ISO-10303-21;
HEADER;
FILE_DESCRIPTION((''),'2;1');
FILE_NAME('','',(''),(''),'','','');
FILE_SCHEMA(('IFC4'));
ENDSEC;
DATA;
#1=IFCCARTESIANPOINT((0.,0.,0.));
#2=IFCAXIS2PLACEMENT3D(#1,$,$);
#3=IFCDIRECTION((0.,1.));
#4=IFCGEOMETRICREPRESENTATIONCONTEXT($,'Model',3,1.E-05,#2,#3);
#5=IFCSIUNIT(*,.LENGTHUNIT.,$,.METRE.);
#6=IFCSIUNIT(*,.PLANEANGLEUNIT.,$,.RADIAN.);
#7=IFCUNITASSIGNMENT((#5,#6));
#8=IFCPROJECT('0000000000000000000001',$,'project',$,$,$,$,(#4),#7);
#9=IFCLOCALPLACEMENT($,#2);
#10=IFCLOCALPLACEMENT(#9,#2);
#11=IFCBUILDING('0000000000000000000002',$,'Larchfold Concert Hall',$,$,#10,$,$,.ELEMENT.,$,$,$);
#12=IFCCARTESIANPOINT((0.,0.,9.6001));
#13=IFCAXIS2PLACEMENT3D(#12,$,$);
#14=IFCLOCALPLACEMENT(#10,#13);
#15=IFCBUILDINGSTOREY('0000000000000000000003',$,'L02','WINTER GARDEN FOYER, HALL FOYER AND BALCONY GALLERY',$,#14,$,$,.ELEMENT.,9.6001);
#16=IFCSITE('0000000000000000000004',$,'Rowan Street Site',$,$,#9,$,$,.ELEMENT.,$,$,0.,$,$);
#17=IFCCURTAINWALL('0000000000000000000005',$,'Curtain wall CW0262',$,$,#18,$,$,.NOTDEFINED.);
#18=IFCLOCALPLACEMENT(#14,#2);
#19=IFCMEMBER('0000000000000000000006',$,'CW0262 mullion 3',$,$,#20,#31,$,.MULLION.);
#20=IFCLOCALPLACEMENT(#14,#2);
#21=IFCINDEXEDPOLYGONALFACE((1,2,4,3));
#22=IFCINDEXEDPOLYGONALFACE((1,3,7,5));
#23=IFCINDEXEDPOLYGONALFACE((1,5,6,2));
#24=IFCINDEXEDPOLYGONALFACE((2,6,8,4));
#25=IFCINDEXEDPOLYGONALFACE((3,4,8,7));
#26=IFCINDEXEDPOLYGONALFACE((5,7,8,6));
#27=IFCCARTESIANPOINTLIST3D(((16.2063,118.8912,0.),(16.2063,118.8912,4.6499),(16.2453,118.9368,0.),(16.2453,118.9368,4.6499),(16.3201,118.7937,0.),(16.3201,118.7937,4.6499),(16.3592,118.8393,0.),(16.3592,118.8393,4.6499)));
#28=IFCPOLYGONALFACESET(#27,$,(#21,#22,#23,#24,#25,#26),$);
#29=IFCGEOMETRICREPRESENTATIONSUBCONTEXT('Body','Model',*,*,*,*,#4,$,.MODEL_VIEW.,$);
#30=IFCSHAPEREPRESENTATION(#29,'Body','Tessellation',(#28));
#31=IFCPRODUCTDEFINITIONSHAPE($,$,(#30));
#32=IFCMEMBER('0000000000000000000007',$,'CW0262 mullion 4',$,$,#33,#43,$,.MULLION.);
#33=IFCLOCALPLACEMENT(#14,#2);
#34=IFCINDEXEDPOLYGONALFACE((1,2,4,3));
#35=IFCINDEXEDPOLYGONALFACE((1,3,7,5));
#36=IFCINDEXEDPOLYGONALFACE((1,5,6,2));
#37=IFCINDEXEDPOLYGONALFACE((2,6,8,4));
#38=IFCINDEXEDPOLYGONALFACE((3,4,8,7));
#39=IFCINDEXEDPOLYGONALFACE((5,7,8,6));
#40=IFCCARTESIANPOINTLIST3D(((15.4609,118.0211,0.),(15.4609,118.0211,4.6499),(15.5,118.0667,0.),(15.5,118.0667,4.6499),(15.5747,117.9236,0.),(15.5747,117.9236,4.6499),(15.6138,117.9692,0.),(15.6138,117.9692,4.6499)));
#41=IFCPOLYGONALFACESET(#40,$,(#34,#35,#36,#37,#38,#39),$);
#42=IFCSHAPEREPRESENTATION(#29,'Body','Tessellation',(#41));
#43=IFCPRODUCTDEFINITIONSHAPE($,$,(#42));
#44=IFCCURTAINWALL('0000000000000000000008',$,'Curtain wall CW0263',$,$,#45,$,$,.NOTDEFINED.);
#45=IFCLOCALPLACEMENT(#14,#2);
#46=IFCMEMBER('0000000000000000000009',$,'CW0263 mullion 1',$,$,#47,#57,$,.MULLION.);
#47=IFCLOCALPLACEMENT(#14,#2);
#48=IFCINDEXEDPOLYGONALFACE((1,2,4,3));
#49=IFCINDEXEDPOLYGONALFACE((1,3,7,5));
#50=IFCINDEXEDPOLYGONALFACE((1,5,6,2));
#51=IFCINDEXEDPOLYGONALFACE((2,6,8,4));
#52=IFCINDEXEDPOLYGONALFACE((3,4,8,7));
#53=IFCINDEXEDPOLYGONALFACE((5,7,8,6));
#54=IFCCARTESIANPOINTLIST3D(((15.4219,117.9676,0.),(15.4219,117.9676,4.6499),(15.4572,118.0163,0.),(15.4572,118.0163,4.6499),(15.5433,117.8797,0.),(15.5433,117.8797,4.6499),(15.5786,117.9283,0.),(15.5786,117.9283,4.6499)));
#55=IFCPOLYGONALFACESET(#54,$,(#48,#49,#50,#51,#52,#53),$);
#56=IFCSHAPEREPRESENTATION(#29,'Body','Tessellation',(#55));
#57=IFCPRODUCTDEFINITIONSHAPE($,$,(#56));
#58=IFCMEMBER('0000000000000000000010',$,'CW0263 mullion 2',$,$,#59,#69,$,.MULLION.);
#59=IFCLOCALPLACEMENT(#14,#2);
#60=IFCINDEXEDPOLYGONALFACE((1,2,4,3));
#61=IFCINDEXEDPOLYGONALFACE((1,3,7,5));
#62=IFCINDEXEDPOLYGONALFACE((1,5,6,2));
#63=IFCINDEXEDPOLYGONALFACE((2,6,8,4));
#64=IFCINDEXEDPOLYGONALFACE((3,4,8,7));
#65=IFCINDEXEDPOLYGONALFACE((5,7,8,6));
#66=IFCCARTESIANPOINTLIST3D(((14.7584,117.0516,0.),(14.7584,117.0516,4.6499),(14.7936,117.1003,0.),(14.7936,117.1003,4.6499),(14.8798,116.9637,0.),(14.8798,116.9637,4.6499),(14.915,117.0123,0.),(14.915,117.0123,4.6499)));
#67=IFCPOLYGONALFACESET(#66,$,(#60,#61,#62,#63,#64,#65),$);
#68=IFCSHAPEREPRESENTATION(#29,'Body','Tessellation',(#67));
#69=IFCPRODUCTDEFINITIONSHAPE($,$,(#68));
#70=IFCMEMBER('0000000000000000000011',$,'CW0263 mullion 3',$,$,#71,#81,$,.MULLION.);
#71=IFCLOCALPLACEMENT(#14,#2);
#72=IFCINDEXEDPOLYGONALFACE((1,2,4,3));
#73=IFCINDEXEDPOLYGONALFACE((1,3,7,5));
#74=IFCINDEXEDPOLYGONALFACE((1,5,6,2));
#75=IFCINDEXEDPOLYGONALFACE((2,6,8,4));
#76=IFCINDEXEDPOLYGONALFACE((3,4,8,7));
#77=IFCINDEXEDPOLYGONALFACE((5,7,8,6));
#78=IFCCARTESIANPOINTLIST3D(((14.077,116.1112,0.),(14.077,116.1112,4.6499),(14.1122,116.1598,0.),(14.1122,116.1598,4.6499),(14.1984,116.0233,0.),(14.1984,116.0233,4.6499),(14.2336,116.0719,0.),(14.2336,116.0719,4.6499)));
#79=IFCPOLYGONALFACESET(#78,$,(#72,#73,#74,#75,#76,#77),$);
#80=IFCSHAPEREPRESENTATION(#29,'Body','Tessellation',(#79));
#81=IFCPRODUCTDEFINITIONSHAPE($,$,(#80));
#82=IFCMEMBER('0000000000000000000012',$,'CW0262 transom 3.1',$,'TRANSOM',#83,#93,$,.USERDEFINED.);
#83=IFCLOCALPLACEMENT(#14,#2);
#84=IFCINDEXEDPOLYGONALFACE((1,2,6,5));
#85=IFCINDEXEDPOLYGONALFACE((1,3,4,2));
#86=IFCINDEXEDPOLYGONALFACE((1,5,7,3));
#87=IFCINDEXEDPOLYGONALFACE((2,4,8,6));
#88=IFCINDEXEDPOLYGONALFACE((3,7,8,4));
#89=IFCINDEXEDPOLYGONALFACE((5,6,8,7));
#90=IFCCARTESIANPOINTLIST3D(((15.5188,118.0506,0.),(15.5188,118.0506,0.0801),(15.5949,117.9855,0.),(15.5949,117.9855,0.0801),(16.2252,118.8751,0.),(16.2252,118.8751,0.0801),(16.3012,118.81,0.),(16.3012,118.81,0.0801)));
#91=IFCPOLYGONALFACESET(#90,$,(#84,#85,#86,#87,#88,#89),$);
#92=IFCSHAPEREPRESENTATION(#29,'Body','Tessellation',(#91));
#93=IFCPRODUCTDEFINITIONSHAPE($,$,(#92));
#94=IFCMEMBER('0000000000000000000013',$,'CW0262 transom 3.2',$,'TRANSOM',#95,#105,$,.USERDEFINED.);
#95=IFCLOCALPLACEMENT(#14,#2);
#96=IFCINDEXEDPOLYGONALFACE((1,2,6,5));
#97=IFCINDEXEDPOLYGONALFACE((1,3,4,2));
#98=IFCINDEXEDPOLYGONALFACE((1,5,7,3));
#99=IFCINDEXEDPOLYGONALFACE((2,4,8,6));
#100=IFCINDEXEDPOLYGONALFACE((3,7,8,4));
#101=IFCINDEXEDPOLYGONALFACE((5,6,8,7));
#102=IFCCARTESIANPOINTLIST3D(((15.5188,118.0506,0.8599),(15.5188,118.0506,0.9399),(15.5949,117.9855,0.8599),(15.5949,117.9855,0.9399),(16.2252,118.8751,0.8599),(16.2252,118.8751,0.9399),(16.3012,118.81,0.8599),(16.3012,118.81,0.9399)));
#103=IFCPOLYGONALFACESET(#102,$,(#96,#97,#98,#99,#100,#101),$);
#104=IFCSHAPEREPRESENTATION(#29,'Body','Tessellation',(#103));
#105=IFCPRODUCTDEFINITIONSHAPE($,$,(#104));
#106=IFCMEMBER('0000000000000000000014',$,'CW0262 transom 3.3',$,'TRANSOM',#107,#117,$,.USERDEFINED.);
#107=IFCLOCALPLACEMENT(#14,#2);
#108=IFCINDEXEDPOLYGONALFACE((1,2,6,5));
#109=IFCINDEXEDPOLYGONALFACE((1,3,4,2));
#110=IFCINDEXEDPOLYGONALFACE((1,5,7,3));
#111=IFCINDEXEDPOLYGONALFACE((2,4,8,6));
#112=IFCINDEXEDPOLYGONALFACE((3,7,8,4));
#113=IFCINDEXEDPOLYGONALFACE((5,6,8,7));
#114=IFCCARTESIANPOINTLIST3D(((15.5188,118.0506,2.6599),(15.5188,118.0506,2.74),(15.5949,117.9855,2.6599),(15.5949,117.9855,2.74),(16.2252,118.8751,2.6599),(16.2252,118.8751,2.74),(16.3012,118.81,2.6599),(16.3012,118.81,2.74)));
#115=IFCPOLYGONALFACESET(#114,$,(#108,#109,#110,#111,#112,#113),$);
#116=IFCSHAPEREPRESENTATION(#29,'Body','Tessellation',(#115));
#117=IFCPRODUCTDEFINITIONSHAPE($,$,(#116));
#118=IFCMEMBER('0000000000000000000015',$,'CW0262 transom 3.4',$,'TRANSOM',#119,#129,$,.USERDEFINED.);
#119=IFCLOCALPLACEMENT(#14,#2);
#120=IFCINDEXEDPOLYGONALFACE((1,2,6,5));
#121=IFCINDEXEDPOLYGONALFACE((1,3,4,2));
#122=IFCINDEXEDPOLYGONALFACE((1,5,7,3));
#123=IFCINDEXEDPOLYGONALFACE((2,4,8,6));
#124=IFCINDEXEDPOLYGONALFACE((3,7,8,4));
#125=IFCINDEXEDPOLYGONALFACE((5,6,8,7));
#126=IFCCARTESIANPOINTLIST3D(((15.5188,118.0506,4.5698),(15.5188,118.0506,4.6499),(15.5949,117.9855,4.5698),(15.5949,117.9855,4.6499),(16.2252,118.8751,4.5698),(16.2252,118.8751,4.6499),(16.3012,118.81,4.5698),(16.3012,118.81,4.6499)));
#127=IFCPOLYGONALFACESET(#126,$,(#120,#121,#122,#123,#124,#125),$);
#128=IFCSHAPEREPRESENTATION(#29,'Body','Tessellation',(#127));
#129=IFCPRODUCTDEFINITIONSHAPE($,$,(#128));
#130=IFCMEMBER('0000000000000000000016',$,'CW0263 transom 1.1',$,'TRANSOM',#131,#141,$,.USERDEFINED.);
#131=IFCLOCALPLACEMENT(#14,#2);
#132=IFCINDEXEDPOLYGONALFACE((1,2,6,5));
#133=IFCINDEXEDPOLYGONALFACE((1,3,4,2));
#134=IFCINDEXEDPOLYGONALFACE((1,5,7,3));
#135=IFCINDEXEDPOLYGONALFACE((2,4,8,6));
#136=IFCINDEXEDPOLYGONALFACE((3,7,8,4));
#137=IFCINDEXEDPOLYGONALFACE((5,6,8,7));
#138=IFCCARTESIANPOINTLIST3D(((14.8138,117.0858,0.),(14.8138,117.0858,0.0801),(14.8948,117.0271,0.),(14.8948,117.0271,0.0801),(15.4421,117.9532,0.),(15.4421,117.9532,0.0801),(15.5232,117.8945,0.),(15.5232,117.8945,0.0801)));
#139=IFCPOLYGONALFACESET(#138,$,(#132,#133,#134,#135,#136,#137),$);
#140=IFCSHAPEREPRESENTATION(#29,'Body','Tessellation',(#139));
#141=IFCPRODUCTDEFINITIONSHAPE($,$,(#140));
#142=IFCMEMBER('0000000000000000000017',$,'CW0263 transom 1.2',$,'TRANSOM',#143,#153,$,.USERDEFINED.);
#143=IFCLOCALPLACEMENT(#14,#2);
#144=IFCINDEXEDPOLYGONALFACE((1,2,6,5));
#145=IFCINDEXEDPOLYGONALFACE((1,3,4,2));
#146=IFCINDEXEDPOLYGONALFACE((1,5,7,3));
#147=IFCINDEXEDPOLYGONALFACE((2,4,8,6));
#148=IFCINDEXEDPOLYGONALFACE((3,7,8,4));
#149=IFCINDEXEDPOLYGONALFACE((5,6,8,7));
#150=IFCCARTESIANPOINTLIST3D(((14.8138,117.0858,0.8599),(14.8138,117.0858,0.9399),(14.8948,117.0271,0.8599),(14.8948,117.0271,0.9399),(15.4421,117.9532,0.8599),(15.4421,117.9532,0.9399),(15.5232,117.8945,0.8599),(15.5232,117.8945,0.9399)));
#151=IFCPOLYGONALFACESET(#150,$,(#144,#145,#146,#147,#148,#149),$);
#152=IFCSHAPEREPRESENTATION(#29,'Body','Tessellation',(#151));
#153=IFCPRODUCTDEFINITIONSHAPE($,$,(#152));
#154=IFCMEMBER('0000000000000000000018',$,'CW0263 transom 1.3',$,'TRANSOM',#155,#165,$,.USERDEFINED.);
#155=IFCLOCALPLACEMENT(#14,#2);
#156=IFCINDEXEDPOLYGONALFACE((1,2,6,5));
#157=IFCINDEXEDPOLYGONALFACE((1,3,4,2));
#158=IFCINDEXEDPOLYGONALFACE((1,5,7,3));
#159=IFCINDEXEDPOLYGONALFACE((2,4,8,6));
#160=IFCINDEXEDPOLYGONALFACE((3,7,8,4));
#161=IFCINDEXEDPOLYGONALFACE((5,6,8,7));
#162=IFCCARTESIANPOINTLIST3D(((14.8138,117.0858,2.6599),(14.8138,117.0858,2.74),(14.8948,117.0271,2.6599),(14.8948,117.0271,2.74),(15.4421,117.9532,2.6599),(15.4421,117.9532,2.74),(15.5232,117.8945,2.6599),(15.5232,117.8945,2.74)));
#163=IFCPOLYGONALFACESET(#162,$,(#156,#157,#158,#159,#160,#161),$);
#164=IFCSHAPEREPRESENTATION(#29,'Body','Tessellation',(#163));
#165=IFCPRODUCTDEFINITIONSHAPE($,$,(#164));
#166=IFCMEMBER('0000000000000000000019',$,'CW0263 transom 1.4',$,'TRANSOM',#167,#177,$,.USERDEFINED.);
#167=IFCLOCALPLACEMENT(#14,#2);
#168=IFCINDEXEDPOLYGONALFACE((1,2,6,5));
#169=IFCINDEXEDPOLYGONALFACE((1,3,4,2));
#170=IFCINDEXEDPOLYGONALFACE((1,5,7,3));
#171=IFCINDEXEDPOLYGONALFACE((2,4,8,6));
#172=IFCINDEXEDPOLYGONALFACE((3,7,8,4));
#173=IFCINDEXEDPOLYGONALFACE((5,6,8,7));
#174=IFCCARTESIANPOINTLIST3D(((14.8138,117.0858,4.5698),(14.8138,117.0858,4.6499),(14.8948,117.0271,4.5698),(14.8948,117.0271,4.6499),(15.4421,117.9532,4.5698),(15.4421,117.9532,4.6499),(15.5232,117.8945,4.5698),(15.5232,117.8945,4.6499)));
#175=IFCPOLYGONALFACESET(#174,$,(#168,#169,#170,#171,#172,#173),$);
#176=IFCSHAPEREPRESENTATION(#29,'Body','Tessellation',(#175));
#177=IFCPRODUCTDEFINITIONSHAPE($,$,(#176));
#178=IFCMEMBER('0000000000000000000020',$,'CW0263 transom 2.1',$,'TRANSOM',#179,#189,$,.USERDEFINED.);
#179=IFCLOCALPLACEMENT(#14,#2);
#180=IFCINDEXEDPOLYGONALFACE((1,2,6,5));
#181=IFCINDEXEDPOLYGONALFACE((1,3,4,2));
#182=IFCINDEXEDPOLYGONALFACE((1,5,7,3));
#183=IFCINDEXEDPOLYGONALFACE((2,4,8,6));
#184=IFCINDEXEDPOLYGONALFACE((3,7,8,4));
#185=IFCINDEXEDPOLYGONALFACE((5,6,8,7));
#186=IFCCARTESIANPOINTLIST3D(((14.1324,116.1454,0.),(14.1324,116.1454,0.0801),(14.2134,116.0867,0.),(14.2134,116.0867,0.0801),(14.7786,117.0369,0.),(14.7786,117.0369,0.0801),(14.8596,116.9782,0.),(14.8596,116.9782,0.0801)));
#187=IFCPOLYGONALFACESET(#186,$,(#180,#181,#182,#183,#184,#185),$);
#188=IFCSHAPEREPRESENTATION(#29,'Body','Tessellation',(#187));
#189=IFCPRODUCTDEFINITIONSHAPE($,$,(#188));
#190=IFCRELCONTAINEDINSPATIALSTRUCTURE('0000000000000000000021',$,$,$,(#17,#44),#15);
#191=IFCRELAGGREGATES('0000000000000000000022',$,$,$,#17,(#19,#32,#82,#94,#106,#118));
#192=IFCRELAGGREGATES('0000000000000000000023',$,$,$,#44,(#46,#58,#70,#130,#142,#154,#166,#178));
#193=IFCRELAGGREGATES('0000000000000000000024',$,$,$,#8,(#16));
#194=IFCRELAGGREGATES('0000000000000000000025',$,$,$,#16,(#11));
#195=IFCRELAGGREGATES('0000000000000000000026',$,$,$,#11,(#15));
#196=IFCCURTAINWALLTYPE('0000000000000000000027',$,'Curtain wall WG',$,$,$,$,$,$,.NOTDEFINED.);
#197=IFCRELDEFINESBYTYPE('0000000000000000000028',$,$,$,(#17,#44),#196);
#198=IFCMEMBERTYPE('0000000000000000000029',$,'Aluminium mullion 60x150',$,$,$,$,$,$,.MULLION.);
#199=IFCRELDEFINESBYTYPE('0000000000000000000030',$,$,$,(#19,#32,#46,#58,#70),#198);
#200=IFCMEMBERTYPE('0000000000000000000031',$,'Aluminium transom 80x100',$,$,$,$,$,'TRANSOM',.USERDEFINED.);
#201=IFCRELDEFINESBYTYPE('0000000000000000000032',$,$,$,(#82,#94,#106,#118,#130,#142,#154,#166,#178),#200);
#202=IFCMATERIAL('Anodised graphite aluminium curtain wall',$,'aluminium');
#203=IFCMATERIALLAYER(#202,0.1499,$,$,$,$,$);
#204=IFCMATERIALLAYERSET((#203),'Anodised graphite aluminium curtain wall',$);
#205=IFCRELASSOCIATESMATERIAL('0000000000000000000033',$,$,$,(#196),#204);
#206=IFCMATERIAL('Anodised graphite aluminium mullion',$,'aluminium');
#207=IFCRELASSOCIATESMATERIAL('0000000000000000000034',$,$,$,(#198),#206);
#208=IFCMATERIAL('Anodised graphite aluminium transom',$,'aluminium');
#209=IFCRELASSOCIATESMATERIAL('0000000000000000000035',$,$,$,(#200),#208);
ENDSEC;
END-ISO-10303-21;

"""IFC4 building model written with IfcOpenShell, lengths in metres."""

from ifc_helpers import new_model, si_unit, direction, frame, origin, origin_2d, place, context, subcontext, project, spatial, rectangle, extrude, material, layer, layer_set, material_profile, profile_set, type_object, element, aggregate, save


model = new_model("IFC4")

# Units and contexts
model_context = context("Model", 3, precision=1e-05, world=origin(), true_north=direction((0.0, 1.0)))
body_context = subcontext(model_context, "Body", "Model", "MODEL_VIEW")
ifc_project = project(units=[si_unit("LENGTHUNIT", "METRE"), si_unit("PLANEANGLEUNIT", "RADIAN")], contexts=[model_context])

# Site, building, storey
site_placement = place(None, origin())
site = spatial("IfcSite", under=ifc_project, at=site_placement, Name="Rowan Street Site", CompositionType="ELEMENT", RefElevation=0.0)
building_placement = place(site_placement, origin())
building = spatial("IfcBuilding", under=site, at=building_placement, Name="Larchfold Concert Hall", CompositionType="ELEMENT")
storey_placement = place(building_placement, frame((0.0, 0.0, 9.6001)))
storey = spatial("IfcBuildingStorey", under=building, at=storey_placement, Name="L02", Description="WINTER GARDEN FOYER, HALL FOYER AND BALCONY GALLERY", CompositionType="ELEMENT", Elevation=9.6001)

# Curtain walls, members
ifc_material_1 = material(Name="Anodised graphite aluminium curtain wall", Category="aluminium")
ifc_layer_1 = layer(ifc_material_1, 0.1499)
ifc_layer_set_1 = layer_set([ifc_layer_1], Name="Anodised graphite aluminium curtain wall")
curtain_wall_type = type_object("IfcCurtainWallType", Name="Curtain wall WG", PredefinedType="NOTDEFINED", material=ifc_layer_set_1)
curtain_wall_1_placement = place(storey_placement, origin())
curtain_wall_1 = element("IfcCurtainWall", 1, at=curtain_wall_1_placement, inside=storey, type_object=curtain_wall_type, Name="Curtain wall CW0262", PredefinedType="NOTDEFINED")
ifc_material_2 = material(Name="Anodised graphite aluminium mullion", Category="aluminium")
ifc_material_profile_1 = material_profile(ifc_material_2, rectangle(XDim=0.1499, YDim=0.0601, at=origin_2d()))
ifc_profile_set_1 = profile_set([ifc_material_profile_1], Name="Anodised graphite aluminium mullion")
member_type_1 = type_object("IfcMemberType", Name="Aluminium mullion 60x150", PredefinedType="MULLION", material=ifc_profile_set_1)
member_1_placement = place(storey_placement, frame((16.2827, 118.8652, 0.0), z_axis=(0.0, 0.0, 1.0), x_axis=(0.759452, -0.650563, 0.0)))
member_1 = element("IfcMember", 2, at=member_1_placement, type_object=member_type_1, Name="CW0262 mullion 3", PredefinedType="MULLION", context=body_context, shape_type="SweptSolid", body=[
    extrude(rectangle(XDim=0.1499, YDim=0.0601, at=origin_2d()), origin(), (0.0, 0.0, 1.0), 4.6499),
])
member_2_placement = place(storey_placement, frame((15.5374, 117.9951, 0.0), z_axis=(0.0, 0.0, 1.0), x_axis=(0.759452, -0.650563, 0.0)))
member_2 = element("IfcMember", 3, at=member_2_placement, type_object=member_type_1, Name="CW0262 mullion 4", PredefinedType="MULLION", context=body_context, shape_type="SweptSolid", body=[
    extrude(rectangle(XDim=0.1499, YDim=0.0601, at=origin_2d()), origin(), (0.0, 0.0, 1.0), 4.6499),
])
curtain_wall_2_placement = place(storey_placement, origin())
curtain_wall_2 = element("IfcCurtainWall", 4, at=curtain_wall_2_placement, inside=storey, type_object=curtain_wall_type, Name="Curtain wall CW0263", PredefinedType="NOTDEFINED")
member_3_placement = place(storey_placement, frame((15.5002, 117.948, 0.0), z_axis=(0.0, 0.0, 1.0), x_axis=(0.809847, -0.586641, 0.0)))
member_3 = element("IfcMember", 5, at=member_3_placement, type_object=member_type_1, Name="CW0263 mullion 1", PredefinedType="MULLION", context=body_context, shape_type="SweptSolid", body=[
    extrude(rectangle(XDim=0.1499, YDim=0.0601, at=origin_2d()), origin(), (0.0, 0.0, 1.0), 4.6499),
])
member_4_placement = place(storey_placement, frame((14.8367, 117.032, 0.0), z_axis=(0.0, 0.0, 1.0), x_axis=(0.809847, -0.586641, 0.0)))
member_4 = element("IfcMember", 6, at=member_4_placement, type_object=member_type_1, Name="CW0263 mullion 2", PredefinedType="MULLION", context=body_context, shape_type="SweptSolid", body=[
    extrude(rectangle(XDim=0.1499, YDim=0.0601, at=origin_2d()), origin(), (0.0, 0.0, 1.0), 4.6499),
])
member_5_placement = place(storey_placement, frame((14.1553, 116.0916, 0.0), z_axis=(0.0, 0.0, 1.0), x_axis=(0.809847, -0.586641, 0.0)))
member_5 = element("IfcMember", 7, at=member_5_placement, type_object=member_type_1, Name="CW0263 mullion 3", PredefinedType="MULLION", context=body_context, shape_type="SweptSolid", body=[
    extrude(rectangle(XDim=0.1499, YDim=0.0601, at=origin_2d()), origin(), (0.0, 0.0, 1.0), 4.6499),
])

# Members
ifc_material_3 = material(Name="Anodised graphite aluminium transom", Category="aluminium")
ifc_material_profile_2 = material_profile(ifc_material_3, rectangle(XDim=0.1001, YDim=0.0801, at=origin_2d()))
ifc_profile_set_2 = profile_set([ifc_material_profile_2], Name="Anodised graphite aluminium transom")
member_type_2 = type_object("IfcMemberType", Name="Aluminium transom 80x100", ElementType="TRANSOM", PredefinedType="USERDEFINED", material=ifc_profile_set_2)
member_6_placement = place(storey_placement, frame((16.2632, 118.8425, 0.04), z_axis=(-0.650588, -0.759431, 0.0), x_axis=(0.759431, -0.650588, 0.0)))
member_6 = element("IfcMember", 8, at=member_6_placement, type_object=member_type_2, Name="CW0262 transom 3.1", ObjectType="TRANSOM", PredefinedType="USERDEFINED", context=body_context, shape_type="SweptSolid", body=[
    extrude(rectangle(XDim=0.1001, YDim=0.0801, at=origin_2d()), origin(), (0.0, 0.0, 1.0), 1.0857),
])
member_7_placement = place(storey_placement, frame((16.2632, 118.8425, 0.8999), z_axis=(-0.650588, -0.759431, 0.0), x_axis=(0.759431, -0.650588, 0.0)))
member_7 = element("IfcMember", 9, at=member_7_placement, type_object=member_type_2, Name="CW0262 transom 3.2", ObjectType="TRANSOM", PredefinedType="USERDEFINED", context=body_context, shape_type="SweptSolid", body=[
    extrude(rectangle(XDim=0.1001, YDim=0.0801, at=origin_2d()), origin(), (0.0, 0.0, 1.0), 1.0857),
])
member_8_placement = place(storey_placement, frame((16.2632, 118.8425, 2.7), z_axis=(-0.650588, -0.759431, 0.0), x_axis=(0.759431, -0.650588, 0.0)))
member_8 = element("IfcMember", 10, at=member_8_placement, type_object=member_type_2, Name="CW0262 transom 3.3", ObjectType="TRANSOM", PredefinedType="USERDEFINED", context=body_context, shape_type="SweptSolid", body=[
    extrude(rectangle(XDim=0.1001, YDim=0.0801, at=origin_2d()), origin(), (0.0, 0.0, 1.0), 1.0857),
])
member_9_placement = place(storey_placement, frame((16.2632, 118.8425, 4.6099), z_axis=(-0.650588, -0.759431, 0.0), x_axis=(0.759431, -0.650588, 0.0)))
member_9 = element("IfcMember", 11, at=member_9_placement, type_object=member_type_2, Name="CW0262 transom 3.4", ObjectType="TRANSOM", PredefinedType="USERDEFINED", context=body_context, shape_type="SweptSolid", body=[
    extrude(rectangle(XDim=0.1001, YDim=0.0801, at=origin_2d()), origin(), (0.0, 0.0, 1.0), 1.0857),
])
member_10_placement = place(storey_placement, frame((15.4827, 117.9238, 0.04), z_axis=(-0.58668, -0.809819, 0.0), x_axis=(0.809819, -0.58668, 0.0)))
member_10 = element("IfcMember", 12, at=member_10_placement, type_object=member_type_2, Name="CW0263 transom 1.1", ObjectType="TRANSOM", PredefinedType="USERDEFINED", context=body_context, shape_type="SweptSolid", body=[
    extrude(rectangle(XDim=0.1001, YDim=0.0801, at=origin_2d()), origin(), (0.0, 0.0, 1.0), 1.071),
])
member_11_placement = place(storey_placement, frame((15.4827, 117.9238, 0.8999), z_axis=(-0.58668, -0.809819, 0.0), x_axis=(0.809819, -0.58668, 0.0)))
member_11 = element("IfcMember", 13, at=member_11_placement, type_object=member_type_2, Name="CW0263 transom 1.2", ObjectType="TRANSOM", PredefinedType="USERDEFINED", context=body_context, shape_type="SweptSolid", body=[
    extrude(rectangle(XDim=0.1001, YDim=0.0801, at=origin_2d()), origin(), (0.0, 0.0, 1.0), 1.071),
])
member_12_placement = place(storey_placement, frame((15.4827, 117.9238, 2.7), z_axis=(-0.58668, -0.809819, 0.0), x_axis=(0.809819, -0.58668, 0.0)))
member_12 = element("IfcMember", 14, at=member_12_placement, type_object=member_type_2, Name="CW0263 transom 1.3", ObjectType="TRANSOM", PredefinedType="USERDEFINED", context=body_context, shape_type="SweptSolid", body=[
    extrude(rectangle(XDim=0.1001, YDim=0.0801, at=origin_2d()), origin(), (0.0, 0.0, 1.0), 1.071),
])
member_13_placement = place(storey_placement, frame((15.4827, 117.9238, 4.6099), z_axis=(-0.58668, -0.809819, 0.0), x_axis=(0.809819, -0.58668, 0.0)))
member_13 = element("IfcMember", 15, at=member_13_placement, type_object=member_type_2, Name="CW0263 transom 1.4", ObjectType="TRANSOM", PredefinedType="USERDEFINED", context=body_context, shape_type="SweptSolid", body=[
    extrude(rectangle(XDim=0.1001, YDim=0.0801, at=origin_2d()), origin(), (0.0, 0.0, 1.0), 1.071),
])
member_14_placement = place(storey_placement, frame((14.8191, 117.0076, 0.04), z_axis=(-0.586866, -0.809684, 0.0), x_axis=(0.809684, -0.586866, 0.0)))
member_14 = element("IfcMember", 16, at=member_14_placement, type_object=member_type_2, Name="CW0263 transom 2.1", ObjectType="TRANSOM", PredefinedType="USERDEFINED", context=body_context, shape_type="SweptSolid", body=[
    extrude(rectangle(XDim=0.1001, YDim=0.0801, at=origin_2d()), origin(), (0.0, 0.0, 1.0), 1.1011),
])

aggregate(curtain_wall_1, [member_1, member_2, member_6, member_7, member_8, member_9])
aggregate(curtain_wall_2, [member_3, member_4, member_5, member_10, member_11, member_12, member_13, member_14])

save(model, "model.ifc")
